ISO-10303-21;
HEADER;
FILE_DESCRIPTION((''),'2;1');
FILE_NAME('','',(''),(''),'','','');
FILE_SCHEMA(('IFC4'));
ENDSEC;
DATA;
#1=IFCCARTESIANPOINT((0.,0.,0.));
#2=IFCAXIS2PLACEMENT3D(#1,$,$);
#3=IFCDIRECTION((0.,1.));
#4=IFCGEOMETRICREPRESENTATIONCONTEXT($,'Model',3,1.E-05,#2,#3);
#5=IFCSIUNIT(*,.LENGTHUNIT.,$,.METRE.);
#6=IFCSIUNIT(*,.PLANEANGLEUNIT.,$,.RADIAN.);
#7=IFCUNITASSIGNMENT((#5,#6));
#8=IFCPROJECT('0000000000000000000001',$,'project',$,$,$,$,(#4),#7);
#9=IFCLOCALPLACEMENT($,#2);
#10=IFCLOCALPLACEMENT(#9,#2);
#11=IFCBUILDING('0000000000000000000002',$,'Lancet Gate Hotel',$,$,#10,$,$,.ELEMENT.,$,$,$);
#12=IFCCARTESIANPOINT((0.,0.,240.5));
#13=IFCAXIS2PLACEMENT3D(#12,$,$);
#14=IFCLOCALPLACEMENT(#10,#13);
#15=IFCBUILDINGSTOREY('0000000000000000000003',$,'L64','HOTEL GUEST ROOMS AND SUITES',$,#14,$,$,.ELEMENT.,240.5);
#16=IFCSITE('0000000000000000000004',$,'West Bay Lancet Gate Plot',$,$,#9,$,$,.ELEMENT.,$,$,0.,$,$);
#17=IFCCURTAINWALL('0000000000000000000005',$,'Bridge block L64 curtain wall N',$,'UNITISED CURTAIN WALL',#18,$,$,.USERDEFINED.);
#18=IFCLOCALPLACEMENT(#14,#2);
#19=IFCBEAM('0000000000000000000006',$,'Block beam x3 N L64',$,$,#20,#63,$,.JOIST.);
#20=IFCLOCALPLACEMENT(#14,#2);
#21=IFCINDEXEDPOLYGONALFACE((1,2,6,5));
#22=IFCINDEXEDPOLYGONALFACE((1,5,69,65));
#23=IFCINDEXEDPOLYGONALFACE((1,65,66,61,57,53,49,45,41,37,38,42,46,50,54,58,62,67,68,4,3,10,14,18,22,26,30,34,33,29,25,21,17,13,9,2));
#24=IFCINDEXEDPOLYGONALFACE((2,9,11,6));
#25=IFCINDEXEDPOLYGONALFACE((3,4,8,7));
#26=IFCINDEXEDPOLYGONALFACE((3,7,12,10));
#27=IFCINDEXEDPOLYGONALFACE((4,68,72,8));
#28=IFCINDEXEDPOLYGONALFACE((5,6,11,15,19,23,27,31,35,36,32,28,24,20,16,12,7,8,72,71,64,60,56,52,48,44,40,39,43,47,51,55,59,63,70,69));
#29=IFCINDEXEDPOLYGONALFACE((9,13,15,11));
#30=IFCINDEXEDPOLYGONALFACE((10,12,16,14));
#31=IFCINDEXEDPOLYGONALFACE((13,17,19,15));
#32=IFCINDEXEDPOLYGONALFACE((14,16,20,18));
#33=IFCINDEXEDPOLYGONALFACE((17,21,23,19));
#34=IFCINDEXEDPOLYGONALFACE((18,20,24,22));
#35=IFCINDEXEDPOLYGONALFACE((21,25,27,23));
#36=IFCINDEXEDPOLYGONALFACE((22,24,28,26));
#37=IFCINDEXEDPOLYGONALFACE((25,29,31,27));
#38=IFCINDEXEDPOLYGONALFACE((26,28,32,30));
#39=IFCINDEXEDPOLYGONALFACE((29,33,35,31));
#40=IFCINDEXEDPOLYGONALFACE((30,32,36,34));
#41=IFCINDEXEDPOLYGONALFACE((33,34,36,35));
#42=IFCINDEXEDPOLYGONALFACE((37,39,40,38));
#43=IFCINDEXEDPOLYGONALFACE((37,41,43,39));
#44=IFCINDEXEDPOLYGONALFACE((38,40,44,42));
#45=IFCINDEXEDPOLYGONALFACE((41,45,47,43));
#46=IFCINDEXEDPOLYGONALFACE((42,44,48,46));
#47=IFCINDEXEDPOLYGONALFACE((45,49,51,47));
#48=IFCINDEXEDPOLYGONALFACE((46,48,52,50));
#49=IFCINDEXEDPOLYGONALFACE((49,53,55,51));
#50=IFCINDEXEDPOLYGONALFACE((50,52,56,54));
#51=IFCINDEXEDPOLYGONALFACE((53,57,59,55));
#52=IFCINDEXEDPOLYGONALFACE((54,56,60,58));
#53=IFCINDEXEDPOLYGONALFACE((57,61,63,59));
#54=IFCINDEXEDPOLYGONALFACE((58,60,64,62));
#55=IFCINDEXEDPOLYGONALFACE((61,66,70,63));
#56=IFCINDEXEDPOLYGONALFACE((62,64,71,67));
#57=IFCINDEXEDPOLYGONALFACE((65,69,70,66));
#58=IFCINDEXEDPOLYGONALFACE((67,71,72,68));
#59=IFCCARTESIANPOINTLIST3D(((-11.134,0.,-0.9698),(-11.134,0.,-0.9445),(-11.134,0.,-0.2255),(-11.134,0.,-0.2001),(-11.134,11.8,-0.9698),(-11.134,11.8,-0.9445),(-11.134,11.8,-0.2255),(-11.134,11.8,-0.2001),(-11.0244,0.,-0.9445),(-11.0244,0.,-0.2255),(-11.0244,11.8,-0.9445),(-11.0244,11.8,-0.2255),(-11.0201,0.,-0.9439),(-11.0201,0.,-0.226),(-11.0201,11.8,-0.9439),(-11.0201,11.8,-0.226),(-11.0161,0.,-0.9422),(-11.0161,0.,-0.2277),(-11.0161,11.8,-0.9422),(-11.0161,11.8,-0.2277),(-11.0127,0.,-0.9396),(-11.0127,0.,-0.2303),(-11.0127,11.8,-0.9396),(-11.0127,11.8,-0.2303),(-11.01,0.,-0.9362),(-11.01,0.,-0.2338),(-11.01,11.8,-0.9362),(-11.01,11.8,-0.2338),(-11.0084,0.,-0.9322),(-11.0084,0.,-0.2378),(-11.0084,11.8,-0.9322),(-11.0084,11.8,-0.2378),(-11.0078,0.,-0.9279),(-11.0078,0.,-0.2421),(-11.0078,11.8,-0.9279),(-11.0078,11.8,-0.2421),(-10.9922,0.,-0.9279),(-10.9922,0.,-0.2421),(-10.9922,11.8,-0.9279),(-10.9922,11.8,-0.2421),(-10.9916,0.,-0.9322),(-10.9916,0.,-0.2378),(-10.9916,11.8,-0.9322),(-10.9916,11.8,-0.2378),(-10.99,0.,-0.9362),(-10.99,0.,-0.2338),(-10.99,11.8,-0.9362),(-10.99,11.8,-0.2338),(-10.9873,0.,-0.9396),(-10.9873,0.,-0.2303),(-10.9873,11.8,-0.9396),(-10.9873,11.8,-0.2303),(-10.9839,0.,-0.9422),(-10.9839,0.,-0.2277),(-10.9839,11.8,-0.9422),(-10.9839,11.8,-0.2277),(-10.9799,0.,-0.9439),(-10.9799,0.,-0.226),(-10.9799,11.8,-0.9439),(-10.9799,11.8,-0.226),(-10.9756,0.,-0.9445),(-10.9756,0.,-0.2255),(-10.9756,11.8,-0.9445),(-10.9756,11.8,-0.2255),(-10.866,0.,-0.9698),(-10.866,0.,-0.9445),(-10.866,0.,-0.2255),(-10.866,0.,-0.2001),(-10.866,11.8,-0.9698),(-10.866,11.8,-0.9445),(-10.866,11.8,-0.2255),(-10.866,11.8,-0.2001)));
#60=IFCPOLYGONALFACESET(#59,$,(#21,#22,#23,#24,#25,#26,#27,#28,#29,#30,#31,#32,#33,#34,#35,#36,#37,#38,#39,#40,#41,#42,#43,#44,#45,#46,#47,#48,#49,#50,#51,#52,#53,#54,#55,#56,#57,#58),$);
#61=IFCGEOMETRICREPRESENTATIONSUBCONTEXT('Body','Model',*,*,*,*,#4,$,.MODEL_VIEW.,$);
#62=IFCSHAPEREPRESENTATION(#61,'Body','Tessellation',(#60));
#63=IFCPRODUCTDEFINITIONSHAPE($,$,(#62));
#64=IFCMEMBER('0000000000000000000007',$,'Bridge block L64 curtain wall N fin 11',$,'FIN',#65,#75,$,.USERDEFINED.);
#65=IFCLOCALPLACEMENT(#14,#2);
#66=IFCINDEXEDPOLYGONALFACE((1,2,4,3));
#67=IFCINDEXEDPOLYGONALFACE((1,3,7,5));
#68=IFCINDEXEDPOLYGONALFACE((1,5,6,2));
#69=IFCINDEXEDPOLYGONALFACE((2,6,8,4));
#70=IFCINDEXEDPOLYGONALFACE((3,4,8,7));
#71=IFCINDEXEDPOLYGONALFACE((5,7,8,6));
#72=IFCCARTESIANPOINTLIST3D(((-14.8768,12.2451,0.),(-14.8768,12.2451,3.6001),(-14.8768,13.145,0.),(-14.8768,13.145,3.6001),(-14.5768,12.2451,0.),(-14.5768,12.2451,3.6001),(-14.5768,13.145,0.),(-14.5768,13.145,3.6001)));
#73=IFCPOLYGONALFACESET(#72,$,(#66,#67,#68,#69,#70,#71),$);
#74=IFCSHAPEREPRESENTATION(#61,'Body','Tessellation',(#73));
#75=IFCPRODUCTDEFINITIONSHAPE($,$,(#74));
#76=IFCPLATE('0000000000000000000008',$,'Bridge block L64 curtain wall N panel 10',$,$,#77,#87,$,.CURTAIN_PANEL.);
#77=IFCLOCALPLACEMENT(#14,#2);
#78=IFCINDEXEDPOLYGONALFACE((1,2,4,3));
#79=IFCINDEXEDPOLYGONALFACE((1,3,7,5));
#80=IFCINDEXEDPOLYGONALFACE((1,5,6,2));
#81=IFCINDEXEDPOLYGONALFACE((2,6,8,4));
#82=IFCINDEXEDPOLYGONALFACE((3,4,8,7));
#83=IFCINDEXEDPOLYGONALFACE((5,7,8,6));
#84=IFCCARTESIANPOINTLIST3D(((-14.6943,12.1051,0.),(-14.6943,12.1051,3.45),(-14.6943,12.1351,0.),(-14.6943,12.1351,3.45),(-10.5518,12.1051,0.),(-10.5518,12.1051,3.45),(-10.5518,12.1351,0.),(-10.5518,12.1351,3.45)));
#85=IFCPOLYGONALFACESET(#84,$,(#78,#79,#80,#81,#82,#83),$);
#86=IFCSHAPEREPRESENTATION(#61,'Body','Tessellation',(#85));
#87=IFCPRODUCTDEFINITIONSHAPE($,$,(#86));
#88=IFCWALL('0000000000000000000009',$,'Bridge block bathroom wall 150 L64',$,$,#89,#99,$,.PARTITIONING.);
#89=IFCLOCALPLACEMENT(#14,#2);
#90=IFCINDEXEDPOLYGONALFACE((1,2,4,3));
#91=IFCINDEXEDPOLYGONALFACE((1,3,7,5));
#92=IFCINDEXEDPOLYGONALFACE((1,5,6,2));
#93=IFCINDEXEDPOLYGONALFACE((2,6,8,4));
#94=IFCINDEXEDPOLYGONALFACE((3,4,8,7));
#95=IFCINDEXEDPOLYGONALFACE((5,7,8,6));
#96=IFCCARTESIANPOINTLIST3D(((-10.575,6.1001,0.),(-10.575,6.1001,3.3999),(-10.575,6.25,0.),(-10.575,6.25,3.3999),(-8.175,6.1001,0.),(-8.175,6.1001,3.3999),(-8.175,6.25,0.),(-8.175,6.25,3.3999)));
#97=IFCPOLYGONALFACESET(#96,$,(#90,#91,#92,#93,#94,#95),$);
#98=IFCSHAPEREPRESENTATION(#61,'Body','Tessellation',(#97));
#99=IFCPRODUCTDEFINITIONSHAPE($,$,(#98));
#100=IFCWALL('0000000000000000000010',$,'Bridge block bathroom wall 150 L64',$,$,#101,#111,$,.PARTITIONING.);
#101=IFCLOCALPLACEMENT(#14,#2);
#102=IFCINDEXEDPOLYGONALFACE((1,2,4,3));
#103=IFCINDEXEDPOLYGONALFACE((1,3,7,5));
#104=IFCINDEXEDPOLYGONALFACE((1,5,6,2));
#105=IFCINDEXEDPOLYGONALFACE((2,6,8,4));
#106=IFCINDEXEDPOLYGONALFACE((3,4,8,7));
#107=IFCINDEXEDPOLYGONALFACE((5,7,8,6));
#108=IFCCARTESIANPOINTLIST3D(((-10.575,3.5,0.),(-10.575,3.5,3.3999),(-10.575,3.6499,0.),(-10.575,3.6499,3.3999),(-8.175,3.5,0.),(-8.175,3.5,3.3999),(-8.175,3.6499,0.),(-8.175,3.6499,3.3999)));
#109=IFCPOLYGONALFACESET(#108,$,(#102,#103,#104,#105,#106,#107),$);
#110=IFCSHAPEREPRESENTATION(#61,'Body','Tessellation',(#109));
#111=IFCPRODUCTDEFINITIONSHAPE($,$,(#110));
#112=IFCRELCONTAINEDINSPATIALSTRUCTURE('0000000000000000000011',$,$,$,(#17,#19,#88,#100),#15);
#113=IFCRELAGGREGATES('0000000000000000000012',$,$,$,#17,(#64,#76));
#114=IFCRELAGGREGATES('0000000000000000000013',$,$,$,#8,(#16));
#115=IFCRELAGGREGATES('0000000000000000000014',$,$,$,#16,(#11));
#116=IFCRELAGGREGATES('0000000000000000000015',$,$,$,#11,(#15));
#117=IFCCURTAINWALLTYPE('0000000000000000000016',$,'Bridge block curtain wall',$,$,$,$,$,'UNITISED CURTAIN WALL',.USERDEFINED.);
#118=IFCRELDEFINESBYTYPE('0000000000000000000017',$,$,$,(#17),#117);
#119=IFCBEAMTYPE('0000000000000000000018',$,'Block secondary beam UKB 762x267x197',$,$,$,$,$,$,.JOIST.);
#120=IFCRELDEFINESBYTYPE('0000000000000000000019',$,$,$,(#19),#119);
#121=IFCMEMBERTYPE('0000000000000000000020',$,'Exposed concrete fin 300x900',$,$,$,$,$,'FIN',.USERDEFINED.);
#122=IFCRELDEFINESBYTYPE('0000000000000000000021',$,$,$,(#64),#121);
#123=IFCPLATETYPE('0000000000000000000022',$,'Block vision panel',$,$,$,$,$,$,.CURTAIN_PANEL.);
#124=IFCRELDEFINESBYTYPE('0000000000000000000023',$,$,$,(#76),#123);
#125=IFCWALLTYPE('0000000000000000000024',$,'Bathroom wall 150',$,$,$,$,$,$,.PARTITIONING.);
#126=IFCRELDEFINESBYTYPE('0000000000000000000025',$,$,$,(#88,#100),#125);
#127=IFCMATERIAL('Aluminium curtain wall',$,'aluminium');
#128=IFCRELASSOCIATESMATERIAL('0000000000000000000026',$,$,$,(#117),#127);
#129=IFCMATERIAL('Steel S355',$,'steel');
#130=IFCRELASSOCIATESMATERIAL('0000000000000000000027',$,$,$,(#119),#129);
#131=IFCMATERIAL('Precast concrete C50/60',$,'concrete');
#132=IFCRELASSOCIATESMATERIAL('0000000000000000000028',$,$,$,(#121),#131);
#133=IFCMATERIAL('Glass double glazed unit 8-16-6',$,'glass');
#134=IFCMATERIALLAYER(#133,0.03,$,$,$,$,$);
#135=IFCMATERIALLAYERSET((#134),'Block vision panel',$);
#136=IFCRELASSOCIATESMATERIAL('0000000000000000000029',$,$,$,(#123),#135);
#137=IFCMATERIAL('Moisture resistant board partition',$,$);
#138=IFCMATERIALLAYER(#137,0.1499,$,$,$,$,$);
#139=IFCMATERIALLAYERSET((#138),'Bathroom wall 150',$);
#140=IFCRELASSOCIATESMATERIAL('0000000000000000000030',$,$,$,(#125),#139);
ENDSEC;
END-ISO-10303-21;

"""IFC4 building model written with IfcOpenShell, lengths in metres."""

from ifc_helpers import new_model, si_unit, direction, frame, frame_2d, origin, origin_2d, place, context, subcontext, project, spatial, rectangle, i_section, extrude, material, layer, layer_set, material_profile, profile_set, type_object, element, aggregate, save


model = new_model("IFC4")

# Units and contexts
model_context = context("Model", 3, precision=1e-05, world=origin(), true_north=direction((0.0, 1.0)))
body_context = subcontext(model_context, "Body", "Model", "MODEL_VIEW")
ifc_project = project(units=[si_unit("LENGTHUNIT", "METRE"), si_unit("PLANEANGLEUNIT", "RADIAN")], contexts=[model_context])

# Site, building, storey
site_placement = place(None, origin())
site = spatial("IfcSite", under=ifc_project, at=site_placement, Name="West Bay Lancet Gate Plot", CompositionType="ELEMENT", RefElevation=0.0)
building_placement = place(site_placement, origin())
building = spatial("IfcBuilding", under=site, at=building_placement, Name="Lancet Gate Hotel", CompositionType="ELEMENT")
storey_placement = place(building_placement, frame((0.0, 0.0, 240.5)))
storey = spatial("IfcBuildingStorey", under=building, at=storey_placement, Name="L64", Description="HOTEL GUEST ROOMS AND SUITES", CompositionType="ELEMENT", Elevation=240.5)

# Curtain wall
ifc_material_1 = material(Name="Aluminium curtain wall", Category="aluminium")
curtain_wall_type = type_object("IfcCurtainWallType", Name="Bridge block curtain wall", ElementType="UNITISED CURTAIN WALL", PredefinedType="USERDEFINED", material=ifc_material_1)
curtain_wall_placement = place(storey_placement, origin())
curtain_wall = element("IfcCurtainWall", 1, at=curtain_wall_placement, inside=storey, type_object=curtain_wall_type, Name="Bridge block L64 curtain wall N", ObjectType="UNITISED CURTAIN WALL", PredefinedType="USERDEFINED")

# Beam
ifc_material_2 = material(Name="Steel S355", Category="steel")
ifc_material_profile_1 = material_profile(ifc_material_2, i_section(OverallWidth=0.2681, OverallDepth=0.7698, WebThickness=0.0156, FlangeThickness=0.0254, FilletRadius=0.0166, at=origin_2d()), Name="UKB 762x267x197")
ifc_profile_set_1 = profile_set([ifc_material_profile_1], Name="Steel S355")
beam_type_1 = type_object("IfcBeamType", Name="Block secondary beam UKB 762x267x197", PredefinedType="JOIST", material=ifc_profile_set_1)
beam_placement = place(storey_placement, frame((-11.0, 0.0, -0.585), z_axis=(0.0, 1.0, 0.0), x_axis=(-1.0, 0.0, 0.0)))
element("IfcBeam", 2, at=beam_placement, inside=storey, type_object=beam_type_1, Name="Block beam x3 N L64", PredefinedType="JOIST", context=body_context, shape_type="SweptSolid", body=[
    extrude(i_section(OverallWidth=0.2681, OverallDepth=0.7698, WebThickness=0.0156, FlangeThickness=0.0254, FilletRadius=0.0166, at=origin_2d()), origin(), (0.0, 0.0, 1.0), 11.8),
])

# Member
ifc_material_3 = material(Name="Precast concrete C50/60", Category="concrete")
ifc_material_profile_2 = material_profile(ifc_material_3, rectangle(XDim=0.3, YDim=0.8999, at=origin_2d()), Name="FIN 300x900")
ifc_profile_set_2 = profile_set([ifc_material_profile_2], Name="Precast concrete C50/60")
member_type_1 = type_object("IfcMemberType", Name="Exposed concrete fin 300x900", ElementType="FIN", PredefinedType="USERDEFINED", material=ifc_profile_set_2)
member_1_placement = place(storey_placement, frame((-14.7268, 12.6951, 0.0), z_axis=(0.0, 0.0, 1.0), x_axis=(-1.0, 0.0, 0.0)))
member_1 = element("IfcMember", 3, at=member_1_placement, type_object=member_type_1, Name="Bridge block L64 curtain wall N fin 11", ObjectType="FIN", PredefinedType="USERDEFINED", context=body_context, shape_type="SweptSolid", body=[
    extrude(rectangle(XDim=0.3, YDim=0.8999, at=origin_2d()), origin(), (0.0, 0.0, 1.0), 3.6001),
])

# Plate
ifc_material_4 = material(Name="Glass double glazed unit 8-16-6", Category="glass")
ifc_layer_1 = layer(ifc_material_4, 0.03)
ifc_layer_set_1 = layer_set([ifc_layer_1], Name="Block vision panel")
plate_type = type_object("IfcPlateType", Name="Block vision panel", PredefinedType="CURTAIN_PANEL", material=ifc_layer_set_1)
plate_placement = place(storey_placement, frame((-12.623, 12.1201, 0.0), z_axis=(0.0, 0.0, 1.0), x_axis=(-1.0, 0.0, 0.0)))
plate = element("IfcPlate", 4, at=plate_placement, type_object=plate_type, Name="Bridge block L64 curtain wall N panel 10", PredefinedType="CURTAIN_PANEL", context=body_context, shape_type="SweptSolid", body=[
    extrude(rectangle(XDim=4.1426, YDim=0.03, at=origin_2d()), origin(), (0.0, 0.0, 1.0), 3.45),
])
aggregate(curtain_wall, [member_1, plate])

# Walls
ifc_material_5 = material(Name="Moisture resistant board partition")
ifc_layer_2 = layer(ifc_material_5, 0.1499)
ifc_layer_set_2 = layer_set([ifc_layer_2], Name="Bathroom wall 150")
wall_type_1 = type_object("IfcWallType", Name="Bathroom wall 150", PredefinedType="PARTITIONING", material=ifc_layer_set_2)
for number, where, z_axis, x_axis, name in (
    (5, (-10.575, 6.175, 0.0), (0.0, 0.0, 1.0), (1.0, 0.0, 0.0), "Bridge block bathroom wall 150 L64"),
    (6, (-10.575, 3.575, 0.0), (0.0, 0.0, 1.0), (1.0, 0.0, 0.0), "Bridge block bathroom wall 150 L64"),
):
    element("IfcWall", number, at=place(storey_placement, frame(where, z_axis=z_axis, x_axis=x_axis)), inside=storey, type_object=wall_type_1, Name=name, PredefinedType="PARTITIONING", context=body_context, shape_type="SweptSolid", body=[
        extrude(rectangle(XDim=2.3999, YDim=0.1499, at=frame_2d((1.2, 0.0))), origin(), (0.0, 0.0, 1.0), 3.3999),
    ])

save(model, "model.ifc")
